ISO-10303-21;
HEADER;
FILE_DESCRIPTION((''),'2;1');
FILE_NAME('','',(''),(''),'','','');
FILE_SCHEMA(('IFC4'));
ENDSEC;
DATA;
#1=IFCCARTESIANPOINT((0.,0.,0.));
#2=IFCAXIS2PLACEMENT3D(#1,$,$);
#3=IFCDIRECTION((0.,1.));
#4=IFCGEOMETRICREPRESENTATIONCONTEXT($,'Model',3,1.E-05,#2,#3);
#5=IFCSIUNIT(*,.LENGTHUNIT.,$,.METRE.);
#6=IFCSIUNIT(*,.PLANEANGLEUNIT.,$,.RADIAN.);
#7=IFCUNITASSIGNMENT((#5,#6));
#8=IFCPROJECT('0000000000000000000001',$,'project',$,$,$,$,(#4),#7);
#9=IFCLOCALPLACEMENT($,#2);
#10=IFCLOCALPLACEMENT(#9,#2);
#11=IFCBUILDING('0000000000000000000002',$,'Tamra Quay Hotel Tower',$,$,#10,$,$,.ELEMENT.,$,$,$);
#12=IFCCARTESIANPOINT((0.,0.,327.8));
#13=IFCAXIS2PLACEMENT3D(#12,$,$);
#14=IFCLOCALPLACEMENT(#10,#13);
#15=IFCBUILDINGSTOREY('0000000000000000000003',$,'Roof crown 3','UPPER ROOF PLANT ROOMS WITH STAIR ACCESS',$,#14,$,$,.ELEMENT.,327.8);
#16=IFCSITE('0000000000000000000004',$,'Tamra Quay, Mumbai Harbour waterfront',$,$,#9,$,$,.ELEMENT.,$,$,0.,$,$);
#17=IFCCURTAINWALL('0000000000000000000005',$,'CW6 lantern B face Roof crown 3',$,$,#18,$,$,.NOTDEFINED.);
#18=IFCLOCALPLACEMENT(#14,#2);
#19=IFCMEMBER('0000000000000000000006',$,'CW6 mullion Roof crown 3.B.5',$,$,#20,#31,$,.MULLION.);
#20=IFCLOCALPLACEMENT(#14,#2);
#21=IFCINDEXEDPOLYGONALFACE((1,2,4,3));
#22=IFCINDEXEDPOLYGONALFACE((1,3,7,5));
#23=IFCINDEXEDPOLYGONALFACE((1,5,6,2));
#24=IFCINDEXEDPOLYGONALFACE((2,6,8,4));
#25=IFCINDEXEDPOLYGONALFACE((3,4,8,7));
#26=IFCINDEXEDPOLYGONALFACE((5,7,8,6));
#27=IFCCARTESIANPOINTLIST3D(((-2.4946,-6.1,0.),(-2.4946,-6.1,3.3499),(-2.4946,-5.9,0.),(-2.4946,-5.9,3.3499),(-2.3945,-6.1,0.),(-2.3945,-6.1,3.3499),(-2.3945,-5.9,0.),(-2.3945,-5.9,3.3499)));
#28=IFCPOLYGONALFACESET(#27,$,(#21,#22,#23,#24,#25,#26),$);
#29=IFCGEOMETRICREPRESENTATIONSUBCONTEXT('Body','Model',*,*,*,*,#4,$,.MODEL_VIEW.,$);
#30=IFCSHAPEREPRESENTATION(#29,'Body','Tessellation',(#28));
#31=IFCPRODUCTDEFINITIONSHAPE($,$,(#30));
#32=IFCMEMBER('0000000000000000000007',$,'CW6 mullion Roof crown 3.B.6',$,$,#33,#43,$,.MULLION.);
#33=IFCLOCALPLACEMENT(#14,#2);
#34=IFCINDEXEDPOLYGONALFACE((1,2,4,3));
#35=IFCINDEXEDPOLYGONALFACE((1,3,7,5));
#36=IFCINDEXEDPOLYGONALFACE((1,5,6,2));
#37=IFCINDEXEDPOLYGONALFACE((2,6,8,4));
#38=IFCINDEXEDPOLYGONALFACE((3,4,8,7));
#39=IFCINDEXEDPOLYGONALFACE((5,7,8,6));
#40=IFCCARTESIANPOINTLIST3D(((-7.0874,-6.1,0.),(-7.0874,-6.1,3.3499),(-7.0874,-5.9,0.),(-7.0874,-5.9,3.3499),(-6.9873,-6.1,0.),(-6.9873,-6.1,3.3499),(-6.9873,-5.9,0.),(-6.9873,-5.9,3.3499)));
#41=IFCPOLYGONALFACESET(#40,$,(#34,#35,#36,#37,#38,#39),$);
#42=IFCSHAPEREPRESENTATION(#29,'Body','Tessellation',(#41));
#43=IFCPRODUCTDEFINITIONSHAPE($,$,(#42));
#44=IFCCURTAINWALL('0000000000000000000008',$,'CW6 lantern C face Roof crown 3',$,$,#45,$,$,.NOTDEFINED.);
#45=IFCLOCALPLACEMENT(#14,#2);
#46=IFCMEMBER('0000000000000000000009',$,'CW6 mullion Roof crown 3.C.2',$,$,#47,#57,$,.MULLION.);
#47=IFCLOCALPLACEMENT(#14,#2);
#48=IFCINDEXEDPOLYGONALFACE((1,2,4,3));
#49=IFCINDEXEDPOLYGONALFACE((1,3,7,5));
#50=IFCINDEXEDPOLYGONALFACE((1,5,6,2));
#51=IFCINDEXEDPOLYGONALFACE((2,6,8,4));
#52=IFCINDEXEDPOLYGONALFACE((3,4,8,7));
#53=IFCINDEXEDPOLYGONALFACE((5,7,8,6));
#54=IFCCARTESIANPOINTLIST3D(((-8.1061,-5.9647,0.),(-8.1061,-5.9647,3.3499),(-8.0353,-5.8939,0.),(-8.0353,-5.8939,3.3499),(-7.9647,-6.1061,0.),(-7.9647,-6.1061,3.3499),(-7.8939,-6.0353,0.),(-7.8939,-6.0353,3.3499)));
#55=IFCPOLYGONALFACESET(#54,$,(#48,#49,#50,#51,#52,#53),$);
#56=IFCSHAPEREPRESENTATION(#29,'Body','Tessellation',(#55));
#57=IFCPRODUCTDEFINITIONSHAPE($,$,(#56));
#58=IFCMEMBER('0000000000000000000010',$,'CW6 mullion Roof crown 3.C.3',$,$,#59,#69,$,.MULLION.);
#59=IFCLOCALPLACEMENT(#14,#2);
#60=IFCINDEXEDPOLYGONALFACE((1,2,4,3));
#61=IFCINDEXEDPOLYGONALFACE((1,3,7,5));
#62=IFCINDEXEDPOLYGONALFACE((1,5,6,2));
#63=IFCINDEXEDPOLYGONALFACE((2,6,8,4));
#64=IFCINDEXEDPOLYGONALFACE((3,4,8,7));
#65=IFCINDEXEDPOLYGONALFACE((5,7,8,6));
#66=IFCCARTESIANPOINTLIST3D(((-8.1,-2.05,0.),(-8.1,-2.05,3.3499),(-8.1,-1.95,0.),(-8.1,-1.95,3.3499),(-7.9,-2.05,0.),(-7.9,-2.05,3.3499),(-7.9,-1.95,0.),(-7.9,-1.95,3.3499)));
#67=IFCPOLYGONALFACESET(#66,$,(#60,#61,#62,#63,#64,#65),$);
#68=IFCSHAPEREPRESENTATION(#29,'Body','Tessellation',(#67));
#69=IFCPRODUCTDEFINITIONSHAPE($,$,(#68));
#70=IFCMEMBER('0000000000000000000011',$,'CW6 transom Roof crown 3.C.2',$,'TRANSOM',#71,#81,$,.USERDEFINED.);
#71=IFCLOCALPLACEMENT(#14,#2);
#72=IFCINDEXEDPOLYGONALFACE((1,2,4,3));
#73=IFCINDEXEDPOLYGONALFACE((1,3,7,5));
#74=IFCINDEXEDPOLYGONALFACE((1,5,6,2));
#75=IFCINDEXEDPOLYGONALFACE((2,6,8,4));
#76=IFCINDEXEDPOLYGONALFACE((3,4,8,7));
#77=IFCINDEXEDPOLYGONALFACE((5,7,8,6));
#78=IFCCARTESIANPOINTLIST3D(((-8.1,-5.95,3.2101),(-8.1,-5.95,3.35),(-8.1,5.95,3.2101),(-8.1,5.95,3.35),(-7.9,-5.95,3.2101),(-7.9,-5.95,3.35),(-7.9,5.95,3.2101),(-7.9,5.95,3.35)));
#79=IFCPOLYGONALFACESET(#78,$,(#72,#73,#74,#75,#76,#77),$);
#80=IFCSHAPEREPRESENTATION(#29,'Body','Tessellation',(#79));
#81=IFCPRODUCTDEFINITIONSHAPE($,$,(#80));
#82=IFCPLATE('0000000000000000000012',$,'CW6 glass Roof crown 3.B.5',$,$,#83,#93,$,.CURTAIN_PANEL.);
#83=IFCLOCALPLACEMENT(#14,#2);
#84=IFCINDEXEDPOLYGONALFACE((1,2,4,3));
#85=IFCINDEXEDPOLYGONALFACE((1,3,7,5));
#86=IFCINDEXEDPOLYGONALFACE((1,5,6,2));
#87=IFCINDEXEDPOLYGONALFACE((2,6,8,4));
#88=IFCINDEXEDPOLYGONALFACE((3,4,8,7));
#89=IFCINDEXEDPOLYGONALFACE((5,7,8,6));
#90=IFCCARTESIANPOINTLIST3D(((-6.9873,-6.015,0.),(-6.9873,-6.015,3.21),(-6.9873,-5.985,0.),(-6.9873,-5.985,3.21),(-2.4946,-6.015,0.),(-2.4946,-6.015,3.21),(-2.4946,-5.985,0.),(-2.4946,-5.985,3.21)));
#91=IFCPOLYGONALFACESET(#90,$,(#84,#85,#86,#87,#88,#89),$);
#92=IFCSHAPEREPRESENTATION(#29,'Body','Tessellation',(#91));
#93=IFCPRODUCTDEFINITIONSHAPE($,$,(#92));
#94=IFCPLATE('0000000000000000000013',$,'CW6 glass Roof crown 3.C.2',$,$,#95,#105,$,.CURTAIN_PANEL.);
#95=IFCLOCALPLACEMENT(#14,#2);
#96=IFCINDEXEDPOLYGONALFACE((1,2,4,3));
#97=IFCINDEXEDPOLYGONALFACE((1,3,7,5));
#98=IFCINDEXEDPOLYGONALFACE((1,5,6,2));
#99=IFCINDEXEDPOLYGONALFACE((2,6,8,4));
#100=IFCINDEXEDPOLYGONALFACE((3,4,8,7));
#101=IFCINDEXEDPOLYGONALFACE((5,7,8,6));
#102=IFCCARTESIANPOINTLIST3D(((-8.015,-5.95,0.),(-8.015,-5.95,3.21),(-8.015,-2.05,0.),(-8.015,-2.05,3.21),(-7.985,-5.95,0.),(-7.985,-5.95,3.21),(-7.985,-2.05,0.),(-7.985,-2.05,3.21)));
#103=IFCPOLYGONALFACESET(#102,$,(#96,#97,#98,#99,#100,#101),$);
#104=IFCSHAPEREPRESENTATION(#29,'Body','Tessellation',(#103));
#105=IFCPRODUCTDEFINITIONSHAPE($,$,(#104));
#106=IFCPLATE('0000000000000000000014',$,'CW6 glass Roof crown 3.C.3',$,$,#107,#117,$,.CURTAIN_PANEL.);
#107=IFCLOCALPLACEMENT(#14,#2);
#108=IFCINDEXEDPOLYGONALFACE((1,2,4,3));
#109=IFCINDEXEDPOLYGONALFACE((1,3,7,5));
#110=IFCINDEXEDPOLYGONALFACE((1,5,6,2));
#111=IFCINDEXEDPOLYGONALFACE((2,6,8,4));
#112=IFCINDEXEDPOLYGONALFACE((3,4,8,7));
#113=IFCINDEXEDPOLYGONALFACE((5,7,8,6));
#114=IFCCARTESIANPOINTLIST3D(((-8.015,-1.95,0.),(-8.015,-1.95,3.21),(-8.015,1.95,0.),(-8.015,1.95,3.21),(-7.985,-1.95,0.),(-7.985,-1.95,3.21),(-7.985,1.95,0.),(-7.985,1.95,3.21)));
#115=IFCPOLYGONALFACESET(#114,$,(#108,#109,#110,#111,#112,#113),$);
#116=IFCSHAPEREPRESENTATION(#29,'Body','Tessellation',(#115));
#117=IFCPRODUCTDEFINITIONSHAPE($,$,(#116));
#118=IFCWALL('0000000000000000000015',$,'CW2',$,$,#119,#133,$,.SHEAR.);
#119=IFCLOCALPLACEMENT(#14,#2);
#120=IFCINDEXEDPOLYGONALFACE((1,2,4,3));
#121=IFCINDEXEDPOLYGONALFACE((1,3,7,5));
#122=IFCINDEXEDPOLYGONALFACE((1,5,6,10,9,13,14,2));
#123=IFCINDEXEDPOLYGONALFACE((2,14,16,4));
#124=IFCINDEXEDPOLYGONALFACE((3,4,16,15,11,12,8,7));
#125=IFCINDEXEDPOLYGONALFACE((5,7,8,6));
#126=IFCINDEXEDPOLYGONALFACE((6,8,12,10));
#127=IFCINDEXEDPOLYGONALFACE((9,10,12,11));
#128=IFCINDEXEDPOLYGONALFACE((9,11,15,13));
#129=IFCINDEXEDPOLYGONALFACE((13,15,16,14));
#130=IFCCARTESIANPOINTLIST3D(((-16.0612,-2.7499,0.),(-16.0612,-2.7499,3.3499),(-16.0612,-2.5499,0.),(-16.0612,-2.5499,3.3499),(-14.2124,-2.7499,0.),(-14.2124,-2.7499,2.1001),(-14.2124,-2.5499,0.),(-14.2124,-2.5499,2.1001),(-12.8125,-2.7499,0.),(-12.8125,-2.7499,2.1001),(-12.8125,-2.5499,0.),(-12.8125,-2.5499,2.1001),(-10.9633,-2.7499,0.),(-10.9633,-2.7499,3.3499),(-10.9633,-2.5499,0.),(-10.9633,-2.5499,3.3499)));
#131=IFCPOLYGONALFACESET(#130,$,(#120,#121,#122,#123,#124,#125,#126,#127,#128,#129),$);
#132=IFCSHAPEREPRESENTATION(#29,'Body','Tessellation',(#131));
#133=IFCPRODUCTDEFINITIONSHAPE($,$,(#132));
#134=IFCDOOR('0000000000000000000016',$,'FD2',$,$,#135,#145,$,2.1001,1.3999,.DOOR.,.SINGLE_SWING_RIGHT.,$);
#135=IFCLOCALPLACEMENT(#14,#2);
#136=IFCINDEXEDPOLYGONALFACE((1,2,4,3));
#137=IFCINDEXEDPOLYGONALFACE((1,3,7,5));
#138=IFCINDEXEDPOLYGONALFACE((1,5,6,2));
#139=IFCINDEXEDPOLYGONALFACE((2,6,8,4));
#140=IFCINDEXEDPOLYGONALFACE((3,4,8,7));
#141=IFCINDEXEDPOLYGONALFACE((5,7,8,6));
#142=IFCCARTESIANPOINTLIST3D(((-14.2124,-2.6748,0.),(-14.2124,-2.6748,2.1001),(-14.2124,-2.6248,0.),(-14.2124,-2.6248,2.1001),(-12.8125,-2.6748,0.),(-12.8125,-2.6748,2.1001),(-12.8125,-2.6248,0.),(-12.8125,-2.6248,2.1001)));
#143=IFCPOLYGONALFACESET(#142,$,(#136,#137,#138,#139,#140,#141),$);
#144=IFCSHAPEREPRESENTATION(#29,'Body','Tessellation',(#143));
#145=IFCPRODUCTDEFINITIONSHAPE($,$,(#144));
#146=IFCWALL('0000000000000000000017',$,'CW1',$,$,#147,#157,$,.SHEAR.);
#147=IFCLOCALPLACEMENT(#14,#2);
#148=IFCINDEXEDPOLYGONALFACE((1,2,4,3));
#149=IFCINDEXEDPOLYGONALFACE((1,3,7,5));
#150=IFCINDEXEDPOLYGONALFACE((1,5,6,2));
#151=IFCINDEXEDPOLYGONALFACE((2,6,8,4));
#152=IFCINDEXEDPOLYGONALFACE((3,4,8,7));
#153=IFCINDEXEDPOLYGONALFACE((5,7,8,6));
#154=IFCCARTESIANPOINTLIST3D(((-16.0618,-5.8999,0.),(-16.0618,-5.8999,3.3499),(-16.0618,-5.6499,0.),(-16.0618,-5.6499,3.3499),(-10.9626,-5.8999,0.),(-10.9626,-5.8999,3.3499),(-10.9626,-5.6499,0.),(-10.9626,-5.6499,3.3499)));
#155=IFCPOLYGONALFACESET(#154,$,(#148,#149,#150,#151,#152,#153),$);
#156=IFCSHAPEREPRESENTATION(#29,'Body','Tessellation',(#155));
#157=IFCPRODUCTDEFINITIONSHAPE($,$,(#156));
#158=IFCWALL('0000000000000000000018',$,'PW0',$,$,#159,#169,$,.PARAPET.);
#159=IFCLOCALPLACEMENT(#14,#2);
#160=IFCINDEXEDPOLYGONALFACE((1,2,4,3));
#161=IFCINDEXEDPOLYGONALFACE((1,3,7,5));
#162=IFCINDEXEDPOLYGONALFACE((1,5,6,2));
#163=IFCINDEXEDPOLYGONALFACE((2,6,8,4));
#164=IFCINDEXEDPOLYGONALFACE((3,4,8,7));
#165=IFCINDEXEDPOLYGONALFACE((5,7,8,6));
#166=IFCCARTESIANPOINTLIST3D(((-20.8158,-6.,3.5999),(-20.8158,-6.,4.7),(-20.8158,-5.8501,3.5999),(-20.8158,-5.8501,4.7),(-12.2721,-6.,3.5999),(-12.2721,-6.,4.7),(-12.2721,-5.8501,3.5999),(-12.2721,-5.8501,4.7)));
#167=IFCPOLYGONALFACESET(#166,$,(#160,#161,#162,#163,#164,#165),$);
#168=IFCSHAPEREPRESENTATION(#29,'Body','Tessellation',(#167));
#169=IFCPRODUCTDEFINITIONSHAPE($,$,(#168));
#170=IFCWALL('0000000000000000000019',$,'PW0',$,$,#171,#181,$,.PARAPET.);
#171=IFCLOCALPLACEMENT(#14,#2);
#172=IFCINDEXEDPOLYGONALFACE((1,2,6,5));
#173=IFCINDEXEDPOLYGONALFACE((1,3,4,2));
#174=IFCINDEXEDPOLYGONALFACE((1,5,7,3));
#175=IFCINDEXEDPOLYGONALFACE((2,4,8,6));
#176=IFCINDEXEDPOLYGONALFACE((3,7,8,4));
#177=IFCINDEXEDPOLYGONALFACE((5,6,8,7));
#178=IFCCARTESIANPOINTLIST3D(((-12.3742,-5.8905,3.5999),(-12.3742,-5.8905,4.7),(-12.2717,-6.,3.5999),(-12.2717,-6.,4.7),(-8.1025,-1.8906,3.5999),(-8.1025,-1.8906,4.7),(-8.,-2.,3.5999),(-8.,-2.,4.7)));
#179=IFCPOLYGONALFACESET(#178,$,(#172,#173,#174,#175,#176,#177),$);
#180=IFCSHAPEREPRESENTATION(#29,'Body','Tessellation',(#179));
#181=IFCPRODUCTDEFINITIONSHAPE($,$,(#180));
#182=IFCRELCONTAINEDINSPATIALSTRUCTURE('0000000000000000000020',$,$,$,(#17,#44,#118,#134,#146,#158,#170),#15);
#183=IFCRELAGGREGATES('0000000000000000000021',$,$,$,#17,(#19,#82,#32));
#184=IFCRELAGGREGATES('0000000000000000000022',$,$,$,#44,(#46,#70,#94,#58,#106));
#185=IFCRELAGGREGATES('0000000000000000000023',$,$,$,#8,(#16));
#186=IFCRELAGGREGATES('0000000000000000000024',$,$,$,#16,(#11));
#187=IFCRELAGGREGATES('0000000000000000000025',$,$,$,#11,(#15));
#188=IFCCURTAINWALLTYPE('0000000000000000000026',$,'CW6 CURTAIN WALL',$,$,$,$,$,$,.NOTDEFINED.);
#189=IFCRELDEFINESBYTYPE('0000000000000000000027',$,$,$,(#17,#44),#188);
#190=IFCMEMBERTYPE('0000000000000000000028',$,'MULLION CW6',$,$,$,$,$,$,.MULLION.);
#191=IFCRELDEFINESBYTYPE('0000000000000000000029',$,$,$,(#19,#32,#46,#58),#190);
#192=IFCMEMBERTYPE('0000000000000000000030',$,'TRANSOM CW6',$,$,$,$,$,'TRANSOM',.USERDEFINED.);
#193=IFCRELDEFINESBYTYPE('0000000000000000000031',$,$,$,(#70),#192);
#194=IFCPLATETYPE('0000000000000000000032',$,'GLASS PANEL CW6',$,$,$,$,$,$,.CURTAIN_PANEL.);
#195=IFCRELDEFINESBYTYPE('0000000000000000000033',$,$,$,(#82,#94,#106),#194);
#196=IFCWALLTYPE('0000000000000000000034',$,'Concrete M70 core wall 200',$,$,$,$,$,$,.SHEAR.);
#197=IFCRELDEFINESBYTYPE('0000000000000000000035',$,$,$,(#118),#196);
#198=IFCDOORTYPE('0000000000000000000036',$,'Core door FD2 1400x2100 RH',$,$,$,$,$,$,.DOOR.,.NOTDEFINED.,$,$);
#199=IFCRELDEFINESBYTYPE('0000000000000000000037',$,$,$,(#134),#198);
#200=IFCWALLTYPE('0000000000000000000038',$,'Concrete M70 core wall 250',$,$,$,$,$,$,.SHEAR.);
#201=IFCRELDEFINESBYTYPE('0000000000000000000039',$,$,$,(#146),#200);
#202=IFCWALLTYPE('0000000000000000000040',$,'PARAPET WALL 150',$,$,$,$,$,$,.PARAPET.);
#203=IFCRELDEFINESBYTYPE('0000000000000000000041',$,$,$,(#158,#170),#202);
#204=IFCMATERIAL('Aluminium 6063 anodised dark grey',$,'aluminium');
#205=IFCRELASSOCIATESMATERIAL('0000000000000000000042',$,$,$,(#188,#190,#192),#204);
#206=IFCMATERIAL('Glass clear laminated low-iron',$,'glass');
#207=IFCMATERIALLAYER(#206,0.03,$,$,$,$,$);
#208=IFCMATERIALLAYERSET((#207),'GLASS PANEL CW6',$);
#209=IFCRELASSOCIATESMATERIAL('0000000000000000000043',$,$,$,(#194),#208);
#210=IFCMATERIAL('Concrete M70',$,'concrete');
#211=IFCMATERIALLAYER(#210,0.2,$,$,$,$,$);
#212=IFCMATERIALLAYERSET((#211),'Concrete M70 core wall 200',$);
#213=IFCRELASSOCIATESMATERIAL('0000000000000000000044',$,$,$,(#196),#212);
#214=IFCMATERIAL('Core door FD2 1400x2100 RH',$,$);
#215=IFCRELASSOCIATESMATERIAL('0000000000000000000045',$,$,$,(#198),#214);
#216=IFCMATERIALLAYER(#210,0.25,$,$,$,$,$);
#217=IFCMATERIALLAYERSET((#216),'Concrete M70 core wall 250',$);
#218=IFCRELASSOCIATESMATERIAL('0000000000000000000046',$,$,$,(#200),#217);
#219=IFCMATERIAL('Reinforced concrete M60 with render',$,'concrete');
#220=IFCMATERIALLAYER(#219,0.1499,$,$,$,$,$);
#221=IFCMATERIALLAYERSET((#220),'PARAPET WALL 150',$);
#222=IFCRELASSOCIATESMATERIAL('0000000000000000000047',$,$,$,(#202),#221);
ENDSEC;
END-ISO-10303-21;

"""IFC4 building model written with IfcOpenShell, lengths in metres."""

from ifc_helpers import new_model, si_unit, direction, frame, frame_2d, origin, origin_2d, place, context, subcontext, project, spatial, rectangle, extrude, material, layer, layer_set, material_profile, profile_set, type_object, element, fill, aggregate, save


model = new_model("IFC4")

# Units and contexts
model_context = context("Model", 3, precision=1e-05, world=origin(), true_north=direction((0.0, 1.0)))
body_context = subcontext(model_context, "Body", "Model", "MODEL_VIEW")
ifc_project = project(units=[si_unit("LENGTHUNIT", "METRE"), si_unit("PLANEANGLEUNIT", "RADIAN")], contexts=[model_context])

# Site, building, storey
site_placement = place(None, origin())
site = spatial("IfcSite", under=ifc_project, at=site_placement, Name="Tamra Quay, Mumbai Harbour waterfront", CompositionType="ELEMENT", RefElevation=0.0)
building_placement = place(site_placement, origin())
building = spatial("IfcBuilding", under=site, at=building_placement, Name="Tamra Quay Hotel Tower", CompositionType="ELEMENT")
storey_placement = place(building_placement, frame((0.0, 0.0, 327.8)))
storey = spatial("IfcBuildingStorey", under=building, at=storey_placement, Name="Roof crown 3", Description="UPPER ROOF PLANT ROOMS WITH STAIR ACCESS", CompositionType="ELEMENT", Elevation=327.8)

# Curtain walls, members
ifc_material_1 = material(Name="Aluminium 6063 anodised dark grey", Category="aluminium")
curtain_wall_type = type_object("IfcCurtainWallType", Name="CW6 CURTAIN WALL", PredefinedType="NOTDEFINED", material=ifc_material_1)
curtain_wall_1_placement = place(storey_placement, origin())
curtain_wall_1 = element("IfcCurtainWall", 1, at=curtain_wall_1_placement, inside=storey, type_object=curtain_wall_type, Name="CW6 lantern B face Roof crown 3", PredefinedType="NOTDEFINED")
ifc_material_profile_1 = material_profile(ifc_material_1, rectangle(XDim=0.2, YDim=0.1001, at=origin_2d()), Name="MULLION 100X200")
ifc_profile_set_1 = profile_set([ifc_material_profile_1], Name="Aluminium 6063 anodised dark grey")
member_type_1 = type_object("IfcMemberType", Name="MULLION CW6", PredefinedType="MULLION", material=ifc_profile_set_1)
member_1_placement = place(storey_placement, frame((-2.4446, -6.0, 0.0), z_axis=(0.0, 0.0, 1.0), x_axis=(0.0, 1.0, 0.0)))
member_1 = element("IfcMember", 2, at=member_1_placement, type_object=member_type_1, Name="CW6 mullion Roof crown 3.B.5", PredefinedType="MULLION", context=body_context, shape_type="SweptSolid", body=[
    extrude(rectangle(XDim=0.2, YDim=0.1001, at=origin_2d()), origin(), (0.0, 0.0, 1.0), 3.3499),
])
member_2_placement = place(storey_placement, frame((-7.0374, -6.0, 0.0), z_axis=(0.0, 0.0, 1.0), x_axis=(0.0, 1.0, 0.0)))
member_2 = element("IfcMember", 3, at=member_2_placement, type_object=member_type_1, Name="CW6 mullion Roof crown 3.B.6", PredefinedType="MULLION", context=body_context, shape_type="SweptSolid", body=[
    extrude(rectangle(XDim=0.2, YDim=0.1001, at=origin_2d()), origin(), (0.0, 0.0, 1.0), 3.3499),
])
curtain_wall_2_placement = place(storey_placement, origin())
curtain_wall_2 = element("IfcCurtainWall", 4, at=curtain_wall_2_placement, inside=storey, type_object=curtain_wall_type, Name="CW6 lantern C face Roof crown 3", PredefinedType="NOTDEFINED")
member_3_placement = place(storey_placement, frame((-8.0, -6.0, 0.0), z_axis=(0.0, 0.0, 1.0), x_axis=(0.707107, -0.707107, 0.0)))
member_3 = element("IfcMember", 5, at=member_3_placement, type_object=member_type_1, Name="CW6 mullion Roof crown 3.C.2", PredefinedType="MULLION", context=body_context, shape_type="SweptSolid", body=[
    extrude(rectangle(XDim=0.2, YDim=0.1001, at=origin_2d()), origin(), (0.0, 0.0, 1.0), 3.3499),
])
member_4_placement = place(storey_placement, frame((-8.0, -2.0, 0.0), z_axis=(0.0, 0.0, 1.0), x_axis=(1.0, 0.0, 0.0)))
member_4 = element("IfcMember", 6, at=member_4_placement, type_object=member_type_1, Name="CW6 mullion Roof crown 3.C.3", PredefinedType="MULLION", context=body_context, shape_type="SweptSolid", body=[
    extrude(rectangle(XDim=0.2, YDim=0.1001, at=origin_2d()), origin(), (0.0, 0.0, 1.0), 3.3499),
])
ifc_material_profile_2 = material_profile(ifc_material_1, rectangle(XDim=0.2, YDim=0.1399, at=origin_2d()), Name="TRANSOM 200X140")
ifc_profile_set_2 = profile_set([ifc_material_profile_2], Name="Aluminium 6063 anodised dark grey")
member_type_2 = type_object("IfcMemberType", Name="TRANSOM CW6", ElementType="TRANSOM", PredefinedType="USERDEFINED", material=ifc_profile_set_2)
member_5_placement = place(storey_placement, frame((-8.0, -5.95, 3.28), z_axis=(0.0, 1.0, 0.0), x_axis=(-1.0, 0.0, 0.0)))
member_5 = element("IfcMember", 7, at=member_5_placement, type_object=member_type_2, Name="CW6 transom Roof crown 3.C.2", ObjectType="TRANSOM", PredefinedType="USERDEFINED", context=body_context, shape_type="SweptSolid", body=[
    extrude(rectangle(XDim=0.2, YDim=0.1399, at=origin_2d()), origin(), (0.0, 0.0, 1.0), 11.8999),
])

# Plates
ifc_material_2 = material(Name="Glass clear laminated low-iron", Category="glass")
ifc_layer_1 = layer(ifc_material_2, 0.03)
ifc_layer_set_1 = layer_set([ifc_layer_1], Name="GLASS PANEL CW6")
plate_type = type_object("IfcPlateType", Name="GLASS PANEL CW6", PredefinedType="CURTAIN_PANEL", material=ifc_layer_set_1)
plate_1_placement = place(storey_placement, frame((-4.741, -6.0, 0.0), z_axis=(0.0, 0.0, 1.0), x_axis=(-1.0, 0.0, 0.0)))
plate_1 = element("IfcPlate", 8, at=plate_1_placement, type_object=plate_type, Name="CW6 glass Roof crown 3.B.5", PredefinedType="CURTAIN_PANEL", context=body_context, shape_type="SweptSolid", body=[
    extrude(rectangle(XDim=4.4927, YDim=0.03, at=origin_2d()), origin(), (0.0, 0.0, 1.0), 3.21),
])
aggregate(curtain_wall_1, [member_1, plate_1, member_2])
plate_2_placement = place(storey_placement, frame((-8.0, -4.0, 0.0), z_axis=(0.0, 0.0, 1.0), x_axis=(0.0, 1.0, 0.0)))
plate_2 = element("IfcPlate", 9, at=plate_2_placement, type_object=plate_type, Name="CW6 glass Roof crown 3.C.2", PredefinedType="CURTAIN_PANEL", context=body_context, shape_type="SweptSolid", body=[
    extrude(rectangle(XDim=3.8999, YDim=0.03, at=origin_2d()), origin(), (0.0, 0.0, 1.0), 3.21),
])
plate_3_placement = place(storey_placement, frame((-8.0, 0.0, 0.0), z_axis=(0.0, 0.0, 1.0), x_axis=(0.0, 1.0, 0.0)))
plate_3 = element("IfcPlate", 10, at=plate_3_placement, type_object=plate_type, Name="CW6 glass Roof crown 3.C.3", PredefinedType="CURTAIN_PANEL", context=body_context, shape_type="SweptSolid", body=[
    extrude(rectangle(XDim=3.8999, YDim=0.03, at=origin_2d()), origin(), (0.0, 0.0, 1.0), 3.21),
])
aggregate(curtain_wall_2, [member_3, member_5, plate_2, member_4, plate_3])

# Wall, opening, door
ifc_material_3 = material(Name="Concrete M70", Category="concrete")
ifc_layer_2 = layer(ifc_material_3, 0.2)
ifc_layer_set_2 = layer_set([ifc_layer_2], Name="Concrete M70 core wall 200")
wall_type_1 = type_object("IfcWallType", Name="Concrete M70 core wall 200", PredefinedType="SHEAR", material=ifc_layer_set_2)
wall_1_placement = place(storey_placement, frame((-10.9634, -2.6499, 0.0), z_axis=(0.0, 0.0, 1.0), x_axis=(-1.0, 0.0, 0.0)))
wall_1 = element("IfcWall", 11, at=wall_1_placement, inside=storey, type_object=wall_type_1, Name="CW2", PredefinedType="SHEAR", context=body_context, shape_type="SweptSolid", body=[
    extrude(rectangle(XDim=5.0979, YDim=0.2, at=frame_2d((2.5488, 0.0))), origin(), (0.0, 0.0, 1.0), 3.3499),
])
opening_placement = place(wall_1_placement, frame((1.8491, 0.0, 0.0)))
opening = element("IfcOpeningElement", 12, at=opening_placement, cuts=wall_1, PredefinedType="OPENING", context=body_context, shape_type="SweptSolid", body=[
    extrude(rectangle(XDim=1.3999, YDim=2.1001, at=frame_2d((0.7, 1.05))), frame((0.0, 0.1099, 0.0), z_axis=(0.0, -1.0, 0.0), x_axis=(1.0, 0.0, 0.0)), (0.0, 0.0, 1.0), 0.22),
])
ifc_material_4 = material(Name="Core door FD2 1400x2100 RH")
door_type = type_object("IfcDoorType", Name="Core door FD2 1400x2100 RH", OperationType="NOTDEFINED", PredefinedType="DOOR", material=ifc_material_4)
door_placement = place(opening_placement, origin())
door = element("IfcDoor", 13, at=door_placement, inside=storey, type_object=door_type, Name="FD2", OperationType="SINGLE_SWING_RIGHT", OverallHeight=2.1001, OverallWidth=1.3999, PredefinedType="DOOR", context=body_context, shape_type="SweptSolid", body=[
    extrude(rectangle(XDim=1.3999, YDim=2.1001, at=frame_2d((0.7, 1.05))), frame((0.0, 0.0249, 0.0), z_axis=(0.0, -1.0, 0.0), x_axis=(1.0, 0.0, 0.0)), (0.0, 0.0, 1.0), 0.05),
])
fill(opening, door)

# Walls
ifc_layer_3 = layer(ifc_material_3, 0.25)
ifc_layer_set_3 = layer_set([ifc_layer_3], Name="Concrete M70 core wall 250")
wall_type_2 = type_object("IfcWallType", Name="Concrete M70 core wall 250", PredefinedType="SHEAR", material=ifc_layer_set_3)
wall_2_placement = place(storey_placement, frame((-10.9626, -5.7749, 0.0), z_axis=(0.0, 0.0, 1.0), x_axis=(-1.0, 0.0, 0.0)))
element("IfcWall", 14, at=wall_2_placement, inside=storey, type_object=wall_type_2, Name="CW1", PredefinedType="SHEAR", context=body_context, shape_type="SweptSolid", body=[
    extrude(rectangle(XDim=5.0991, YDim=0.25, at=frame_2d((2.5496, 0.0))), origin(), (0.0, 0.0, 1.0), 3.3499),
])
ifc_material_5 = material(Name="Reinforced concrete M60 with render", Category="concrete")
ifc_layer_4 = layer(ifc_material_5, 0.1499)
ifc_layer_set_4 = layer_set([ifc_layer_4], Name="PARAPET WALL 150")
wall_type_3 = type_object("IfcWallType", Name="PARAPET WALL 150", PredefinedType="PARAPET", material=ifc_layer_set_4)
wall_3_placement = place(storey_placement, frame((-12.272, -5.925, 3.5999), z_axis=(0.0, 0.0, 1.0), x_axis=(-1.0, 0.0, 0.0)))
element("IfcWall", 15, at=wall_3_placement, inside=storey, type_object=wall_type_3, Name="PW0", PredefinedType="PARAPET", context=body_context, shape_type="SweptSolid", body=[
    extrude(rectangle(XDim=8.5437, YDim=0.1499, at=frame_2d((4.272, 0.0))), origin(), (0.0, 0.0, 1.0), 1.1001),
])
wall_4_placement = place(storey_placement, frame((-8.0513, -1.9453, 3.5999), z_axis=(0.0, 0.0, 1.0), x_axis=(-0.729942, -0.683509, 0.0)))
element("IfcWall", 16, at=wall_4_placement, inside=storey, type_object=wall_type_3, Name="PW0", PredefinedType="PARAPET", context=body_context, shape_type="SweptSolid", body=[
    extrude(rectangle(XDim=5.8521, YDim=0.1499, at=frame_2d((2.926, 0.0))), origin(), (0.0, 0.0, 1.0), 1.1001),
])

save(model, "model.ifc")
